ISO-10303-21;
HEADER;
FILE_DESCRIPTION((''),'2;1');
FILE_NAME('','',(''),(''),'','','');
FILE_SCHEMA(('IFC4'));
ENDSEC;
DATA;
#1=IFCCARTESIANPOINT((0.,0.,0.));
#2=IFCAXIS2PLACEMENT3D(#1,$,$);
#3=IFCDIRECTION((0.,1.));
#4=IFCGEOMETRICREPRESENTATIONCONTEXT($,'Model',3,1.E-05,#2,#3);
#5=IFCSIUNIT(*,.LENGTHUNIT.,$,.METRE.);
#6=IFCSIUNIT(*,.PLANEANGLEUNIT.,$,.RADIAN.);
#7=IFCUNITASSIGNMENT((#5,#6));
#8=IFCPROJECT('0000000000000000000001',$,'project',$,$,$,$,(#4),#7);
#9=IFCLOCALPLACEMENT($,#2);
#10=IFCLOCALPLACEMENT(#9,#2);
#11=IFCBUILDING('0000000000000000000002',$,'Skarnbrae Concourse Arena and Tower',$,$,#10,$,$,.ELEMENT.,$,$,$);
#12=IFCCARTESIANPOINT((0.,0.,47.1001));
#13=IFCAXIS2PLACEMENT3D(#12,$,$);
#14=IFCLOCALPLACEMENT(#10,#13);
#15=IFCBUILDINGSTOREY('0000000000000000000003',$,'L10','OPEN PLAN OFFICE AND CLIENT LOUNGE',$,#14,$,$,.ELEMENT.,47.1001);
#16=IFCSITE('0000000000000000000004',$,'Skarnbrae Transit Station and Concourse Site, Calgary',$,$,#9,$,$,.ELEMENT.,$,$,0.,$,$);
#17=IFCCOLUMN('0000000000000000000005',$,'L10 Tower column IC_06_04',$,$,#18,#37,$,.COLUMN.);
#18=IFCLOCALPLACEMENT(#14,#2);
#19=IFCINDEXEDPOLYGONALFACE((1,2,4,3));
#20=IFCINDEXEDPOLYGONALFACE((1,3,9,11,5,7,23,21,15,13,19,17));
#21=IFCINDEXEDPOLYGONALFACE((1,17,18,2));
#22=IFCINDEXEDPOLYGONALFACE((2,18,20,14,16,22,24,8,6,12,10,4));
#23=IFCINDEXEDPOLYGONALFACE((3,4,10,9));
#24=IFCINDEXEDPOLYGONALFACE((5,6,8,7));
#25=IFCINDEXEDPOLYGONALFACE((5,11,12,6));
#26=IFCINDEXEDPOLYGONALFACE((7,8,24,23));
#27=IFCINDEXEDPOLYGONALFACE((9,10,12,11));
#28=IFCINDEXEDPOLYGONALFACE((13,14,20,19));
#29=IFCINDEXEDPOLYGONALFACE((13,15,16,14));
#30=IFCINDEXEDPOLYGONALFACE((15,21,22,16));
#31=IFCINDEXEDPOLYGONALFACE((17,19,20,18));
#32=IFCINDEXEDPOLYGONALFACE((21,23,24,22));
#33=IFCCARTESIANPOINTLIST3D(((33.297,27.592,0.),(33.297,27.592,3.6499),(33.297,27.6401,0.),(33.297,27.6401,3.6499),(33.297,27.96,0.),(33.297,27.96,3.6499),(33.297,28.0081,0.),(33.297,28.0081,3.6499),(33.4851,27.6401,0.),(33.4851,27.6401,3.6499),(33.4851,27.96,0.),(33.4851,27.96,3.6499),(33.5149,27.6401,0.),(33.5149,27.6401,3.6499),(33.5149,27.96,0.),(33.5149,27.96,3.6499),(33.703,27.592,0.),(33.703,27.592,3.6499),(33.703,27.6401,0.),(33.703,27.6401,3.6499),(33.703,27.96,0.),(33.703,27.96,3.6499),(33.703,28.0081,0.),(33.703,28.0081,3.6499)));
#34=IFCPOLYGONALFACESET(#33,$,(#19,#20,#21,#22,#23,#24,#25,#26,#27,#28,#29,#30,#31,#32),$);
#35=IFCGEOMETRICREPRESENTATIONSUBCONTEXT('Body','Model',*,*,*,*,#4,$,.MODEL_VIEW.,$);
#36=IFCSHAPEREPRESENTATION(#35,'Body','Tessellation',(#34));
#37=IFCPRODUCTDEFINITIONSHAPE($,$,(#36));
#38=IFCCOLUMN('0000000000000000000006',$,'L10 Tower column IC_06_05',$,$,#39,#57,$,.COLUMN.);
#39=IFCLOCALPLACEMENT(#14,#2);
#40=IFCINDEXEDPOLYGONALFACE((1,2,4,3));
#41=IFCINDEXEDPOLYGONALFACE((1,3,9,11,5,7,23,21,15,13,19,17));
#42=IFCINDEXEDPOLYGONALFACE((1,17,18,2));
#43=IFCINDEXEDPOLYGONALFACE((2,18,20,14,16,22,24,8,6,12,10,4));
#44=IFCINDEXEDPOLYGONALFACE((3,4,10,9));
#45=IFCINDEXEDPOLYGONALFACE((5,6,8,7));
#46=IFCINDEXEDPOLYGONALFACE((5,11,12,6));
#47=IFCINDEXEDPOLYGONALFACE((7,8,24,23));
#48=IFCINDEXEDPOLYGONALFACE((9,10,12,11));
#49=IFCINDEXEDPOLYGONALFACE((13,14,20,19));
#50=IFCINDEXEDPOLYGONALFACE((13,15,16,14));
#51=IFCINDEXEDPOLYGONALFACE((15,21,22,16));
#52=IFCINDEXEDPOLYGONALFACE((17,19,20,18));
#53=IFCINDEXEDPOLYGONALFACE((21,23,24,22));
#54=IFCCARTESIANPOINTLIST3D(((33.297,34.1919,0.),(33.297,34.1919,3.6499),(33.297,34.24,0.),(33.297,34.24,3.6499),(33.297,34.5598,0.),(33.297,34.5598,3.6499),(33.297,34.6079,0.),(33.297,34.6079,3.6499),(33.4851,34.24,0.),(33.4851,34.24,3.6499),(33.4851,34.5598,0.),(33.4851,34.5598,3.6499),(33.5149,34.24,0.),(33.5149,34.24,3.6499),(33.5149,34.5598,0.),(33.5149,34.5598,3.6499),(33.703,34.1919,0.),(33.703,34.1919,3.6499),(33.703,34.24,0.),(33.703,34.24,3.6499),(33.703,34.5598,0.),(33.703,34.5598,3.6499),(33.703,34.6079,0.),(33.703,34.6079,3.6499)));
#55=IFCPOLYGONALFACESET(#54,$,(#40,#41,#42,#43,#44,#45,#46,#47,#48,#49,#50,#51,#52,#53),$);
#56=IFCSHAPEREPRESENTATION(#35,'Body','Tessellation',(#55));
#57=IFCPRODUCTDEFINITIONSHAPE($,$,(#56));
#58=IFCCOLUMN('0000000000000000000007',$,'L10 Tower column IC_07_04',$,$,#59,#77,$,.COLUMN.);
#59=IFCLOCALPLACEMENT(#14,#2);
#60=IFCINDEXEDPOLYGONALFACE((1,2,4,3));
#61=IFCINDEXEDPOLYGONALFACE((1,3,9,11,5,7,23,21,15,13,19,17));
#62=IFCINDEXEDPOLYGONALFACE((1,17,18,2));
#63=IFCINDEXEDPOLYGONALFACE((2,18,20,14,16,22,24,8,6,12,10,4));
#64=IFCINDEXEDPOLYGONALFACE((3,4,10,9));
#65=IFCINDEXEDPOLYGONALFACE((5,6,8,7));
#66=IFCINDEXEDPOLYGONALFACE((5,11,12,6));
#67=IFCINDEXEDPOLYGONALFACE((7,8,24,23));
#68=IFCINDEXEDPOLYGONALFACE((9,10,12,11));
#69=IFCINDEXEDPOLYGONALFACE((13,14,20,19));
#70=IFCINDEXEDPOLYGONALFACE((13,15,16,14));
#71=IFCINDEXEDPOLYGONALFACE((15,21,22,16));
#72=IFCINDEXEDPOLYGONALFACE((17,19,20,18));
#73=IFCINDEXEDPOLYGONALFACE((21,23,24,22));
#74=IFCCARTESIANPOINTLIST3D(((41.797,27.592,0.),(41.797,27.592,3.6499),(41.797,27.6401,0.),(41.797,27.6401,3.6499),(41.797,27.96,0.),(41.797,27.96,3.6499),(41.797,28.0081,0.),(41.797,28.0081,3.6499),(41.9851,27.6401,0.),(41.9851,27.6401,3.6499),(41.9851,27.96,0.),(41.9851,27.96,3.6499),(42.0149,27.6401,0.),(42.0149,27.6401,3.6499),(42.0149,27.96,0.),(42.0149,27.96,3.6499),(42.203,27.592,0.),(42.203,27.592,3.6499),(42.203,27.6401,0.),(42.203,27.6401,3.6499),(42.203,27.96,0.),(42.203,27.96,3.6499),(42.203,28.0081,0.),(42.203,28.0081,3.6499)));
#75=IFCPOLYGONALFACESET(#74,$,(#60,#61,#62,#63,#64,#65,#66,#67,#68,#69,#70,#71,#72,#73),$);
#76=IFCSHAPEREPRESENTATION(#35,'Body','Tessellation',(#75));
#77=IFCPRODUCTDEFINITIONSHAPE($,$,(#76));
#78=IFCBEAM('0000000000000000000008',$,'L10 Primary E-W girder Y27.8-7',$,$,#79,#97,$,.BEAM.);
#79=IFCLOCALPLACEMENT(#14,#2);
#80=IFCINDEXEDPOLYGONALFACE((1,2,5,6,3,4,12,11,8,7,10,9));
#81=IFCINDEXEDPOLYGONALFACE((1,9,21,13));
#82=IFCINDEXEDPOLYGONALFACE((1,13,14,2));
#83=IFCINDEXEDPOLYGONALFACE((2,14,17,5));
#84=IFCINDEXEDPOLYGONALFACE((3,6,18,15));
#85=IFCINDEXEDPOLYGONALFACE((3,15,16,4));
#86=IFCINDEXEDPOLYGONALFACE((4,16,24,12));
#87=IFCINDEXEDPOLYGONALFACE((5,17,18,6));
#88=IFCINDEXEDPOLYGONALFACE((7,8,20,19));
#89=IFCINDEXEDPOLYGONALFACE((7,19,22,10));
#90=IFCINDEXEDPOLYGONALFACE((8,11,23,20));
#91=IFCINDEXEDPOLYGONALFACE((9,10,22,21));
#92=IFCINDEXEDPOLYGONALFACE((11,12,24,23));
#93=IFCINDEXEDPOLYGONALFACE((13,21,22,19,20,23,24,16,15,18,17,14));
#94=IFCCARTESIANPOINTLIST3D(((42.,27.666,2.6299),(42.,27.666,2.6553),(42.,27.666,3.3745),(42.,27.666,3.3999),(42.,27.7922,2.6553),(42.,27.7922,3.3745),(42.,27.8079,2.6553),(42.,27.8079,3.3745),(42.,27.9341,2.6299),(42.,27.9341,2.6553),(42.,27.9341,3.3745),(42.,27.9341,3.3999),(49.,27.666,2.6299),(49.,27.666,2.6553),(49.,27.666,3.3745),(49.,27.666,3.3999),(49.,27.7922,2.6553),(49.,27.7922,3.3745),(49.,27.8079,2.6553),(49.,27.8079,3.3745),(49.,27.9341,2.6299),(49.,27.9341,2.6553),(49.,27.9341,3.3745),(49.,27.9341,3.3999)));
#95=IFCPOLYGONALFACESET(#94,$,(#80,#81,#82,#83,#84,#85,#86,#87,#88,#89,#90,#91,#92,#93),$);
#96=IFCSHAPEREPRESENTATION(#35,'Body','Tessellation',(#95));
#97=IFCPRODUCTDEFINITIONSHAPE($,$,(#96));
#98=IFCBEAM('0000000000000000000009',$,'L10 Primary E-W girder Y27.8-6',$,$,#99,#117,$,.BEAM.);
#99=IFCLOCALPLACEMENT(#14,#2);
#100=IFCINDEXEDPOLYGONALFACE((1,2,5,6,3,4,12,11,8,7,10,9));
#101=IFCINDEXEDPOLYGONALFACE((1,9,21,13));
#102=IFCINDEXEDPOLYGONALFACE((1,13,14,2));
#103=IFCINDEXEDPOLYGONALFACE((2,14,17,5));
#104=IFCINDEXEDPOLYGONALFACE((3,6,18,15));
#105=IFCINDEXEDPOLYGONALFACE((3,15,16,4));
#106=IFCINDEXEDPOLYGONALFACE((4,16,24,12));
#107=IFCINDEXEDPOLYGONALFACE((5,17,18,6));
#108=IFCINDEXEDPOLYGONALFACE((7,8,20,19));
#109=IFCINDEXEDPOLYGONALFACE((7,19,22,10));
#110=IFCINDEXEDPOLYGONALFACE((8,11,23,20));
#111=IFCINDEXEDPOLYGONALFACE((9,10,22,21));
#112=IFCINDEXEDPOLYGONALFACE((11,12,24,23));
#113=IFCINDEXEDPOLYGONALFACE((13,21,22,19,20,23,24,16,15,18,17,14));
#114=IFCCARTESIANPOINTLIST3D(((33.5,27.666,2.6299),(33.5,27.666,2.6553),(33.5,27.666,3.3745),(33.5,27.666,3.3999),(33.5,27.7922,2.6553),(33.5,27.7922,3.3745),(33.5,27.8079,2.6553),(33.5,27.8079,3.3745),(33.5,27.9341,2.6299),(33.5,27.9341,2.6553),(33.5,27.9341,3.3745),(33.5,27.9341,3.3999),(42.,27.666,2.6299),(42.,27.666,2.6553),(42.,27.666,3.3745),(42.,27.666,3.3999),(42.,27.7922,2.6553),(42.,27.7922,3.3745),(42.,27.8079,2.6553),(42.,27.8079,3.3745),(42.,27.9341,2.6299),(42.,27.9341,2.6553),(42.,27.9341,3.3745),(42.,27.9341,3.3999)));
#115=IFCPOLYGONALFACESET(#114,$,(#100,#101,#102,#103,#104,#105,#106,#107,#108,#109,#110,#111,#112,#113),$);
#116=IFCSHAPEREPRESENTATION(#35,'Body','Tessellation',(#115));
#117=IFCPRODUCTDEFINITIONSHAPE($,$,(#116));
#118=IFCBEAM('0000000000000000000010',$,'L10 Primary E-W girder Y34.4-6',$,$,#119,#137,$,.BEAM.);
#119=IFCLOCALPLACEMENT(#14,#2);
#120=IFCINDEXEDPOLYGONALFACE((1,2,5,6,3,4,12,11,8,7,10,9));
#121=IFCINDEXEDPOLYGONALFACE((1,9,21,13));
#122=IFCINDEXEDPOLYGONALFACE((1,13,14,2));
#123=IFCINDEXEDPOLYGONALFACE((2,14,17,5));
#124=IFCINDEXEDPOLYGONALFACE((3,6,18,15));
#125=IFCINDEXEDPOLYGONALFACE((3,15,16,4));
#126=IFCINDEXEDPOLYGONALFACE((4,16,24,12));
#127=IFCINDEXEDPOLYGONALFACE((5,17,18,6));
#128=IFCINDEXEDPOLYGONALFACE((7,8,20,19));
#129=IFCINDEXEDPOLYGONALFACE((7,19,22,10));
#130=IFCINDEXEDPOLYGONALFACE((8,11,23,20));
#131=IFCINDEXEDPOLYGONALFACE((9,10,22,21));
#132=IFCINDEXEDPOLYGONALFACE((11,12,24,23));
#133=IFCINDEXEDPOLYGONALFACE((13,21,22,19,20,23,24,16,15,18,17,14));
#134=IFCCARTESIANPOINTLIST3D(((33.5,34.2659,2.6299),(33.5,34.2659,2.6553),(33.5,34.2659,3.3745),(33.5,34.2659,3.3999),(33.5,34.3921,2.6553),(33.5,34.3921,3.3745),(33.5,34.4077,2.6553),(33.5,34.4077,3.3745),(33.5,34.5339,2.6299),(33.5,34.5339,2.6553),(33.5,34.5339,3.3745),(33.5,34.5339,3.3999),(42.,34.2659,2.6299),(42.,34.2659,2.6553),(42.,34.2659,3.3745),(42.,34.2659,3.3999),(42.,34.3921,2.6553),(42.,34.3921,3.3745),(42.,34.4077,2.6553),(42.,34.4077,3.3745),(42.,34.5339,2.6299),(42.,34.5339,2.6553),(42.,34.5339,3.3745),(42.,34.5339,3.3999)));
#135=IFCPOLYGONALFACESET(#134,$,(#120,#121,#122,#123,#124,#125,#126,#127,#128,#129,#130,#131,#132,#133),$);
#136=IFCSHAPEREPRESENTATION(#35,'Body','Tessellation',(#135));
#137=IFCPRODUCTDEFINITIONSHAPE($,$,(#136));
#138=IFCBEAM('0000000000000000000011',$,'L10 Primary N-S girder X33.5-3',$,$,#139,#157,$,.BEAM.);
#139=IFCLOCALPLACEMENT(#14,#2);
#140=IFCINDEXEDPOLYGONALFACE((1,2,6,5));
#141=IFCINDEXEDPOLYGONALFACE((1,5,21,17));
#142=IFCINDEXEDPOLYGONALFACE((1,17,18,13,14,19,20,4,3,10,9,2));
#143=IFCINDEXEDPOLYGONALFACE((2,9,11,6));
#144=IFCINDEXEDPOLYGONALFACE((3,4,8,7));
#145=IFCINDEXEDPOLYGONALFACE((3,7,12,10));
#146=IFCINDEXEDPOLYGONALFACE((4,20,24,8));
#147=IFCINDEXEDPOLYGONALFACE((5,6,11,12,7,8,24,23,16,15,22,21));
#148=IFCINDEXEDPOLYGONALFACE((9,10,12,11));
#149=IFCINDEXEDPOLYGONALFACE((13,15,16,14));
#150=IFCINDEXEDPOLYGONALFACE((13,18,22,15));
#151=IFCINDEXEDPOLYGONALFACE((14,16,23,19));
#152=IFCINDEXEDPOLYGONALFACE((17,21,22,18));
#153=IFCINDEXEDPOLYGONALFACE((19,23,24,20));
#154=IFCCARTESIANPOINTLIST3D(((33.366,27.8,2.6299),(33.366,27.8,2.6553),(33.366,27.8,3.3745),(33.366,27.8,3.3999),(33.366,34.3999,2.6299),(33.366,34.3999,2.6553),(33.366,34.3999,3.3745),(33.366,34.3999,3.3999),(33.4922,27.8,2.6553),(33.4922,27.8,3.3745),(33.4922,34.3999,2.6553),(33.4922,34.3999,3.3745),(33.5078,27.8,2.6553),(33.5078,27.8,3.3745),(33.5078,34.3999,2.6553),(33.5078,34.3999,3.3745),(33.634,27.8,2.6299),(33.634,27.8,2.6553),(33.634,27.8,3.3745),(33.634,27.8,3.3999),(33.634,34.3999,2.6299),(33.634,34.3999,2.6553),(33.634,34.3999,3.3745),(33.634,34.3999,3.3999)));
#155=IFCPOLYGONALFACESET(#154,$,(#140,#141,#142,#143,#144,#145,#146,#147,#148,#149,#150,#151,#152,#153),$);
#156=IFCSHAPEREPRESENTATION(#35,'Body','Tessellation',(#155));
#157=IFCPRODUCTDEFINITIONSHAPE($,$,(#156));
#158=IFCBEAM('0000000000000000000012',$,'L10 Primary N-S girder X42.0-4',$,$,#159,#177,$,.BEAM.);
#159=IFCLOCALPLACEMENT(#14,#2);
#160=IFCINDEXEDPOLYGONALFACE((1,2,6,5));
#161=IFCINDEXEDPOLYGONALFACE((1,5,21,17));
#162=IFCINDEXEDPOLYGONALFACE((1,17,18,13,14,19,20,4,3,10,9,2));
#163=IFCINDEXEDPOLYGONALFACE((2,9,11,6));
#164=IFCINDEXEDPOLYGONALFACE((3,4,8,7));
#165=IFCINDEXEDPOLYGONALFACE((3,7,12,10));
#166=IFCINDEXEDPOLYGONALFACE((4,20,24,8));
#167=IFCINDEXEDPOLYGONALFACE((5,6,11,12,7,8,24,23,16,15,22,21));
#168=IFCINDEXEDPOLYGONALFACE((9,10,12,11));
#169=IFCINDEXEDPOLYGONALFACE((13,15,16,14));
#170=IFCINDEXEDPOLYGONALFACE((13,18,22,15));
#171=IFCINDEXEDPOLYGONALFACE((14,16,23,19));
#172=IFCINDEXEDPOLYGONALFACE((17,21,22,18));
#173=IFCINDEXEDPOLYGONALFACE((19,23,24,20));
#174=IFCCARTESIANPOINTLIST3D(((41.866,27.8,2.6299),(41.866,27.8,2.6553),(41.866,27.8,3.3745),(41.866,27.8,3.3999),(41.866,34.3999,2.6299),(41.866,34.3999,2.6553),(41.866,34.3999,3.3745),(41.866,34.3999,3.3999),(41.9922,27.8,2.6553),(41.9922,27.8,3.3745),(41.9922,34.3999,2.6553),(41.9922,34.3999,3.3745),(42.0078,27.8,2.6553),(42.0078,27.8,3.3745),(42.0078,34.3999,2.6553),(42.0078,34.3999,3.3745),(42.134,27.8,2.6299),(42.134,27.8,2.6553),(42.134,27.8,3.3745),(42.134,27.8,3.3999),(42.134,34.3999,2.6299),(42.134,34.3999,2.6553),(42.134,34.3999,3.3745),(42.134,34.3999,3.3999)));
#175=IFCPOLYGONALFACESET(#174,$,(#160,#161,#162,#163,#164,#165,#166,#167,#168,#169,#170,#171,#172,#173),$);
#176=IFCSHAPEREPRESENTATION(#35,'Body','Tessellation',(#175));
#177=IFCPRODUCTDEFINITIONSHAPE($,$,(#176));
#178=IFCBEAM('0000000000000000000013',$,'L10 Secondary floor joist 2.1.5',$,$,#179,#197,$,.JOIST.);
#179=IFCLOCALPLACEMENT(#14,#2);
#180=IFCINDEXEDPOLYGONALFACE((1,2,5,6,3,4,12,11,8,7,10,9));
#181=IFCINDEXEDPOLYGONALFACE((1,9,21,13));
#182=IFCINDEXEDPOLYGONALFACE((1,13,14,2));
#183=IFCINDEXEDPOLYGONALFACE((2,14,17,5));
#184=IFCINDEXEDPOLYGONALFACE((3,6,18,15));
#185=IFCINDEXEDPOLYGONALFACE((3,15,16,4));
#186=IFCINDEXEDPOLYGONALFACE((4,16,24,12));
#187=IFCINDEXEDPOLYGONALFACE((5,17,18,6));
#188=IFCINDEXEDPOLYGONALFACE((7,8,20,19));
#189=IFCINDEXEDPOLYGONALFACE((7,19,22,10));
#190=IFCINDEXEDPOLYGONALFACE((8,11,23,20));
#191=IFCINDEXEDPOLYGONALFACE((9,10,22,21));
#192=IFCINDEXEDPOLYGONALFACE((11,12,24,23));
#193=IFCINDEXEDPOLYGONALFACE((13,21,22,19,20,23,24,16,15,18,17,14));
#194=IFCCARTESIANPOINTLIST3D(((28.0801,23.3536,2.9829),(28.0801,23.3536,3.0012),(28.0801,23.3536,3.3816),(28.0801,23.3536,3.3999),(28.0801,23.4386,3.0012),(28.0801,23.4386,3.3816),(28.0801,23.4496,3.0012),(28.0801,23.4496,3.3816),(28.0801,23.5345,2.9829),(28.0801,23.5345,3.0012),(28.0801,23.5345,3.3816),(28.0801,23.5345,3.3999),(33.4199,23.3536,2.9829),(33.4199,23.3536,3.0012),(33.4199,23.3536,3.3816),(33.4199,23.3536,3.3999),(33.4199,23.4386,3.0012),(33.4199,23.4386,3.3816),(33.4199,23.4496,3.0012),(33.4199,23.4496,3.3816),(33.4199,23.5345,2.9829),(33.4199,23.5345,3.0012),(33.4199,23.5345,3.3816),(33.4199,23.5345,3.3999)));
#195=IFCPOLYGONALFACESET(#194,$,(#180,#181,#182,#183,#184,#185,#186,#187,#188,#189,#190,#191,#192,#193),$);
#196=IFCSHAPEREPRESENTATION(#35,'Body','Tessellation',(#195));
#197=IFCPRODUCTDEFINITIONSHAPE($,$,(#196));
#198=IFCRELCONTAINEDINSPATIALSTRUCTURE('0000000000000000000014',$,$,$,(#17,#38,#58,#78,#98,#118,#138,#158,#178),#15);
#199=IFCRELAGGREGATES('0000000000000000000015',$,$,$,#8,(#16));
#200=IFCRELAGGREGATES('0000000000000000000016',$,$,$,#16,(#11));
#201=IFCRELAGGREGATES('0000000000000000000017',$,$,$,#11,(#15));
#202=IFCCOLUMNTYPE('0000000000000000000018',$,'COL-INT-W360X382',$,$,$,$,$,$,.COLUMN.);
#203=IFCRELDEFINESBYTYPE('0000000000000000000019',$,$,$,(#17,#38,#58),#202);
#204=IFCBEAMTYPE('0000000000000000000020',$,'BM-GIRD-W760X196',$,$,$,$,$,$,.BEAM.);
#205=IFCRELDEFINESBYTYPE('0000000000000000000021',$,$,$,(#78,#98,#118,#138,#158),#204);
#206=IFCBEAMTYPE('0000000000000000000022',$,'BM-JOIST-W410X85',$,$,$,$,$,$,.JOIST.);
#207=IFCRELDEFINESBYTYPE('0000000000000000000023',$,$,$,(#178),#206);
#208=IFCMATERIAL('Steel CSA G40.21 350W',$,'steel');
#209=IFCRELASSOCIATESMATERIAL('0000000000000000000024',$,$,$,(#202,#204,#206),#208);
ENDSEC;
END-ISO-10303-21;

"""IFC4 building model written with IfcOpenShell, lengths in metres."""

from ifc_helpers import new_model, si_unit, direction, frame, origin, origin_2d, place, context, subcontext, project, spatial, i_section, extrude, source, transform, mapped, material, material_profile, profile_set, type_object, element, save


model = new_model("IFC4")

# Units and contexts
model_context = context("Model", 3, precision=1e-05, world=origin(), true_north=direction((0.0, 1.0)))
body_context = subcontext(model_context, "Body", "Model", "MODEL_VIEW")
ifc_project = project(units=[si_unit("LENGTHUNIT", "METRE"), si_unit("PLANEANGLEUNIT", "RADIAN")], contexts=[model_context])

# Site, building, storey
site_placement = place(None, origin())
site = spatial("IfcSite", under=ifc_project, at=site_placement, Name="Skarnbrae Transit Station and Concourse Site, Calgary", CompositionType="ELEMENT", RefElevation=0.0)
building_placement = place(site_placement, origin())
building = spatial("IfcBuilding", under=site, at=building_placement, Name="Skarnbrae Concourse Arena and Tower", CompositionType="ELEMENT")
storey_placement = place(building_placement, frame((0.0, 0.0, 47.1001)))
storey = spatial("IfcBuildingStorey", under=building, at=storey_placement, Name="L10", Description="OPEN PLAN OFFICE AND CLIENT LOUNGE", CompositionType="ELEMENT", Elevation=47.1001)

# Columns
ifc_material_1 = material(Name="Steel CSA G40.21 350W", Category="steel")
ifc_material_profile_1 = material_profile(ifc_material_1, i_section(OverallWidth=0.406, OverallDepth=0.416, WebThickness=0.0298, FlangeThickness=0.0481, at=origin_2d()), Name="W360X382")
ifc_profile_set_1 = profile_set([ifc_material_profile_1], Name="Steel CSA G40.21 350W")
column_type = type_object("IfcColumnType", Name="COL-INT-W360X382", PredefinedType="COLUMN", material=ifc_profile_set_1)
shared_shape_1 = source(origin(), body_context, "Body", "SweptSolid", [
    extrude(i_section(OverallWidth=0.406, OverallDepth=0.416, WebThickness=0.0298, FlangeThickness=0.0481, at=origin_2d()), origin(), (0.0, 0.0, 1.0), 3.6499),
])
for number, where, z_axis, x_axis, name in (
    (1, (33.5, 27.8, 0.0), (0.0, 0.0, 1.0), (1.0, 0.0, 0.0), "L10 Tower column IC_06_04"),
    (2, (33.5, 34.3999, 0.0), (0.0, 0.0, 1.0), (1.0, 0.0, 0.0), "L10 Tower column IC_06_05"),
    (3, (42.0, 27.8, 0.0), (0.0, 0.0, 1.0), (1.0, 0.0, 0.0), "L10 Tower column IC_07_04"),
):
    element("IfcColumn", number, at=place(storey_placement, frame(where, z_axis=z_axis, x_axis=x_axis)), inside=storey, type_object=column_type, Name=name, PredefinedType="COLUMN", context=body_context, shape_type="MappedRepresentation", body=[
        mapped(shared_shape_1, transform((0.0, 0.0, 0.0))),
    ])

# Beams
ifc_material_profile_2 = material_profile(ifc_material_1, i_section(OverallWidth=0.2681, OverallDepth=0.77, WebThickness=0.0156, FlangeThickness=0.0254, at=origin_2d()), Name="W760X196")
ifc_profile_set_2 = profile_set([ifc_material_profile_2], Name="Steel CSA G40.21 350W")
beam_type_1 = type_object("IfcBeamType", Name="BM-GIRD-W760X196", PredefinedType="BEAM", material=ifc_profile_set_2)
shared_shape_2 = source(origin(), body_context, "Body", "SweptSolid", [
    extrude(i_section(OverallWidth=0.2681, OverallDepth=0.77, WebThickness=0.0156, FlangeThickness=0.0254, at=origin_2d()), origin(), (0.0, 0.0, 1.0), 7.0),
])
beam_placement = place(storey_placement, frame((42.0, 27.8, 3.0149), z_axis=(1.0, 0.0, 0.0), x_axis=(0.0, 1.0, 0.0)))
element("IfcBeam", 4, at=beam_placement, inside=storey, type_object=beam_type_1, Name="L10 Primary E-W girder Y27.8-7", PredefinedType="BEAM", context=body_context, shape_type="MappedRepresentation", body=[
    mapped(shared_shape_2, transform((0.0, 0.0, 0.0))),
])
shared_shape_3 = source(origin(), body_context, "Body", "SweptSolid", [
    extrude(i_section(OverallWidth=0.2681, OverallDepth=0.77, WebThickness=0.0156, FlangeThickness=0.0254, at=origin_2d()), origin(), (0.0, 0.0, 1.0), 8.5),
])
for number, where, z_axis, x_axis, name in (
    (5, (33.5, 27.8, 3.0149), (1.0, 0.0, 0.0), (0.0, 1.0, 0.0), "L10 Primary E-W girder Y27.8-6"),
    (6, (33.5, 34.3999, 3.0149), (1.0, 0.0, 0.0), (0.0, 1.0, 0.0), "L10 Primary E-W girder Y34.4-6"),
):
    element("IfcBeam", number, at=place(storey_placement, frame(where, z_axis=z_axis, x_axis=x_axis)), inside=storey, type_object=beam_type_1, Name=name, PredefinedType="BEAM", context=body_context, shape_type="MappedRepresentation", body=[
        mapped(shared_shape_3, transform((0.0, 0.0, 0.0))),
    ])
shared_shape_4 = source(origin(), body_context, "Body", "SweptSolid", [
    extrude(i_section(OverallWidth=0.2681, OverallDepth=0.77, WebThickness=0.0156, FlangeThickness=0.0254, at=origin_2d()), origin(), (0.0, 0.0, 1.0), 6.5999),
])
for number, where, z_axis, x_axis, name in (
    (7, (33.5, 27.8, 3.0149), (0.0, 1.0, 0.0), (-1.0, 0.0, 0.0), "L10 Primary N-S girder X33.5-3"),
    (8, (42.0, 27.8, 3.0149), (0.0, 1.0, 0.0), (-1.0, 0.0, 0.0), "L10 Primary N-S girder X42.0-4"),
):
    element("IfcBeam", number, at=place(storey_placement, frame(where, z_axis=z_axis, x_axis=x_axis)), inside=storey, type_object=beam_type_1, Name=name, PredefinedType="BEAM", context=body_context, shape_type="MappedRepresentation", body=[
        mapped(shared_shape_4, transform((0.0, 0.0, 0.0))),
    ])
ifc_material_profile_3 = material_profile(ifc_material_1, i_section(OverallWidth=0.1809, OverallDepth=0.417, WebThickness=0.011, FlangeThickness=0.0183, at=origin_2d()), Name="W410X85")
ifc_profile_set_3 = profile_set([ifc_material_profile_3], Name="Steel CSA G40.21 350W")
beam_type_2 = type_object("IfcBeamType", Name="BM-JOIST-W410X85", PredefinedType="JOIST", material=ifc_profile_set_3)
shared_shape_5 = source(origin(), body_context, "Body", "SweptSolid", [
    extrude(i_section(OverallWidth=0.1809, OverallDepth=0.417, WebThickness=0.011, FlangeThickness=0.0183, at=origin_2d()), origin(), (0.0, 0.0, 1.0), 5.3398),
])
for number, where, z_axis, x_axis, name in (
    (9, (28.0801, 23.4441, 3.1914), (1.0, 0.0, 0.0), (0.0, 1.0, 0.0), "L10 Secondary floor joist 2.1.5"),
):
    element("IfcBeam", number, at=place(storey_placement, frame(where, z_axis=z_axis, x_axis=x_axis)), inside=storey, type_object=beam_type_2, Name=name, PredefinedType="JOIST", context=body_context, shape_type="MappedRepresentation", body=[
        mapped(shared_shape_5, transform((0.0, 0.0, 0.0))),
    ])

save(model, "model.ifc")
